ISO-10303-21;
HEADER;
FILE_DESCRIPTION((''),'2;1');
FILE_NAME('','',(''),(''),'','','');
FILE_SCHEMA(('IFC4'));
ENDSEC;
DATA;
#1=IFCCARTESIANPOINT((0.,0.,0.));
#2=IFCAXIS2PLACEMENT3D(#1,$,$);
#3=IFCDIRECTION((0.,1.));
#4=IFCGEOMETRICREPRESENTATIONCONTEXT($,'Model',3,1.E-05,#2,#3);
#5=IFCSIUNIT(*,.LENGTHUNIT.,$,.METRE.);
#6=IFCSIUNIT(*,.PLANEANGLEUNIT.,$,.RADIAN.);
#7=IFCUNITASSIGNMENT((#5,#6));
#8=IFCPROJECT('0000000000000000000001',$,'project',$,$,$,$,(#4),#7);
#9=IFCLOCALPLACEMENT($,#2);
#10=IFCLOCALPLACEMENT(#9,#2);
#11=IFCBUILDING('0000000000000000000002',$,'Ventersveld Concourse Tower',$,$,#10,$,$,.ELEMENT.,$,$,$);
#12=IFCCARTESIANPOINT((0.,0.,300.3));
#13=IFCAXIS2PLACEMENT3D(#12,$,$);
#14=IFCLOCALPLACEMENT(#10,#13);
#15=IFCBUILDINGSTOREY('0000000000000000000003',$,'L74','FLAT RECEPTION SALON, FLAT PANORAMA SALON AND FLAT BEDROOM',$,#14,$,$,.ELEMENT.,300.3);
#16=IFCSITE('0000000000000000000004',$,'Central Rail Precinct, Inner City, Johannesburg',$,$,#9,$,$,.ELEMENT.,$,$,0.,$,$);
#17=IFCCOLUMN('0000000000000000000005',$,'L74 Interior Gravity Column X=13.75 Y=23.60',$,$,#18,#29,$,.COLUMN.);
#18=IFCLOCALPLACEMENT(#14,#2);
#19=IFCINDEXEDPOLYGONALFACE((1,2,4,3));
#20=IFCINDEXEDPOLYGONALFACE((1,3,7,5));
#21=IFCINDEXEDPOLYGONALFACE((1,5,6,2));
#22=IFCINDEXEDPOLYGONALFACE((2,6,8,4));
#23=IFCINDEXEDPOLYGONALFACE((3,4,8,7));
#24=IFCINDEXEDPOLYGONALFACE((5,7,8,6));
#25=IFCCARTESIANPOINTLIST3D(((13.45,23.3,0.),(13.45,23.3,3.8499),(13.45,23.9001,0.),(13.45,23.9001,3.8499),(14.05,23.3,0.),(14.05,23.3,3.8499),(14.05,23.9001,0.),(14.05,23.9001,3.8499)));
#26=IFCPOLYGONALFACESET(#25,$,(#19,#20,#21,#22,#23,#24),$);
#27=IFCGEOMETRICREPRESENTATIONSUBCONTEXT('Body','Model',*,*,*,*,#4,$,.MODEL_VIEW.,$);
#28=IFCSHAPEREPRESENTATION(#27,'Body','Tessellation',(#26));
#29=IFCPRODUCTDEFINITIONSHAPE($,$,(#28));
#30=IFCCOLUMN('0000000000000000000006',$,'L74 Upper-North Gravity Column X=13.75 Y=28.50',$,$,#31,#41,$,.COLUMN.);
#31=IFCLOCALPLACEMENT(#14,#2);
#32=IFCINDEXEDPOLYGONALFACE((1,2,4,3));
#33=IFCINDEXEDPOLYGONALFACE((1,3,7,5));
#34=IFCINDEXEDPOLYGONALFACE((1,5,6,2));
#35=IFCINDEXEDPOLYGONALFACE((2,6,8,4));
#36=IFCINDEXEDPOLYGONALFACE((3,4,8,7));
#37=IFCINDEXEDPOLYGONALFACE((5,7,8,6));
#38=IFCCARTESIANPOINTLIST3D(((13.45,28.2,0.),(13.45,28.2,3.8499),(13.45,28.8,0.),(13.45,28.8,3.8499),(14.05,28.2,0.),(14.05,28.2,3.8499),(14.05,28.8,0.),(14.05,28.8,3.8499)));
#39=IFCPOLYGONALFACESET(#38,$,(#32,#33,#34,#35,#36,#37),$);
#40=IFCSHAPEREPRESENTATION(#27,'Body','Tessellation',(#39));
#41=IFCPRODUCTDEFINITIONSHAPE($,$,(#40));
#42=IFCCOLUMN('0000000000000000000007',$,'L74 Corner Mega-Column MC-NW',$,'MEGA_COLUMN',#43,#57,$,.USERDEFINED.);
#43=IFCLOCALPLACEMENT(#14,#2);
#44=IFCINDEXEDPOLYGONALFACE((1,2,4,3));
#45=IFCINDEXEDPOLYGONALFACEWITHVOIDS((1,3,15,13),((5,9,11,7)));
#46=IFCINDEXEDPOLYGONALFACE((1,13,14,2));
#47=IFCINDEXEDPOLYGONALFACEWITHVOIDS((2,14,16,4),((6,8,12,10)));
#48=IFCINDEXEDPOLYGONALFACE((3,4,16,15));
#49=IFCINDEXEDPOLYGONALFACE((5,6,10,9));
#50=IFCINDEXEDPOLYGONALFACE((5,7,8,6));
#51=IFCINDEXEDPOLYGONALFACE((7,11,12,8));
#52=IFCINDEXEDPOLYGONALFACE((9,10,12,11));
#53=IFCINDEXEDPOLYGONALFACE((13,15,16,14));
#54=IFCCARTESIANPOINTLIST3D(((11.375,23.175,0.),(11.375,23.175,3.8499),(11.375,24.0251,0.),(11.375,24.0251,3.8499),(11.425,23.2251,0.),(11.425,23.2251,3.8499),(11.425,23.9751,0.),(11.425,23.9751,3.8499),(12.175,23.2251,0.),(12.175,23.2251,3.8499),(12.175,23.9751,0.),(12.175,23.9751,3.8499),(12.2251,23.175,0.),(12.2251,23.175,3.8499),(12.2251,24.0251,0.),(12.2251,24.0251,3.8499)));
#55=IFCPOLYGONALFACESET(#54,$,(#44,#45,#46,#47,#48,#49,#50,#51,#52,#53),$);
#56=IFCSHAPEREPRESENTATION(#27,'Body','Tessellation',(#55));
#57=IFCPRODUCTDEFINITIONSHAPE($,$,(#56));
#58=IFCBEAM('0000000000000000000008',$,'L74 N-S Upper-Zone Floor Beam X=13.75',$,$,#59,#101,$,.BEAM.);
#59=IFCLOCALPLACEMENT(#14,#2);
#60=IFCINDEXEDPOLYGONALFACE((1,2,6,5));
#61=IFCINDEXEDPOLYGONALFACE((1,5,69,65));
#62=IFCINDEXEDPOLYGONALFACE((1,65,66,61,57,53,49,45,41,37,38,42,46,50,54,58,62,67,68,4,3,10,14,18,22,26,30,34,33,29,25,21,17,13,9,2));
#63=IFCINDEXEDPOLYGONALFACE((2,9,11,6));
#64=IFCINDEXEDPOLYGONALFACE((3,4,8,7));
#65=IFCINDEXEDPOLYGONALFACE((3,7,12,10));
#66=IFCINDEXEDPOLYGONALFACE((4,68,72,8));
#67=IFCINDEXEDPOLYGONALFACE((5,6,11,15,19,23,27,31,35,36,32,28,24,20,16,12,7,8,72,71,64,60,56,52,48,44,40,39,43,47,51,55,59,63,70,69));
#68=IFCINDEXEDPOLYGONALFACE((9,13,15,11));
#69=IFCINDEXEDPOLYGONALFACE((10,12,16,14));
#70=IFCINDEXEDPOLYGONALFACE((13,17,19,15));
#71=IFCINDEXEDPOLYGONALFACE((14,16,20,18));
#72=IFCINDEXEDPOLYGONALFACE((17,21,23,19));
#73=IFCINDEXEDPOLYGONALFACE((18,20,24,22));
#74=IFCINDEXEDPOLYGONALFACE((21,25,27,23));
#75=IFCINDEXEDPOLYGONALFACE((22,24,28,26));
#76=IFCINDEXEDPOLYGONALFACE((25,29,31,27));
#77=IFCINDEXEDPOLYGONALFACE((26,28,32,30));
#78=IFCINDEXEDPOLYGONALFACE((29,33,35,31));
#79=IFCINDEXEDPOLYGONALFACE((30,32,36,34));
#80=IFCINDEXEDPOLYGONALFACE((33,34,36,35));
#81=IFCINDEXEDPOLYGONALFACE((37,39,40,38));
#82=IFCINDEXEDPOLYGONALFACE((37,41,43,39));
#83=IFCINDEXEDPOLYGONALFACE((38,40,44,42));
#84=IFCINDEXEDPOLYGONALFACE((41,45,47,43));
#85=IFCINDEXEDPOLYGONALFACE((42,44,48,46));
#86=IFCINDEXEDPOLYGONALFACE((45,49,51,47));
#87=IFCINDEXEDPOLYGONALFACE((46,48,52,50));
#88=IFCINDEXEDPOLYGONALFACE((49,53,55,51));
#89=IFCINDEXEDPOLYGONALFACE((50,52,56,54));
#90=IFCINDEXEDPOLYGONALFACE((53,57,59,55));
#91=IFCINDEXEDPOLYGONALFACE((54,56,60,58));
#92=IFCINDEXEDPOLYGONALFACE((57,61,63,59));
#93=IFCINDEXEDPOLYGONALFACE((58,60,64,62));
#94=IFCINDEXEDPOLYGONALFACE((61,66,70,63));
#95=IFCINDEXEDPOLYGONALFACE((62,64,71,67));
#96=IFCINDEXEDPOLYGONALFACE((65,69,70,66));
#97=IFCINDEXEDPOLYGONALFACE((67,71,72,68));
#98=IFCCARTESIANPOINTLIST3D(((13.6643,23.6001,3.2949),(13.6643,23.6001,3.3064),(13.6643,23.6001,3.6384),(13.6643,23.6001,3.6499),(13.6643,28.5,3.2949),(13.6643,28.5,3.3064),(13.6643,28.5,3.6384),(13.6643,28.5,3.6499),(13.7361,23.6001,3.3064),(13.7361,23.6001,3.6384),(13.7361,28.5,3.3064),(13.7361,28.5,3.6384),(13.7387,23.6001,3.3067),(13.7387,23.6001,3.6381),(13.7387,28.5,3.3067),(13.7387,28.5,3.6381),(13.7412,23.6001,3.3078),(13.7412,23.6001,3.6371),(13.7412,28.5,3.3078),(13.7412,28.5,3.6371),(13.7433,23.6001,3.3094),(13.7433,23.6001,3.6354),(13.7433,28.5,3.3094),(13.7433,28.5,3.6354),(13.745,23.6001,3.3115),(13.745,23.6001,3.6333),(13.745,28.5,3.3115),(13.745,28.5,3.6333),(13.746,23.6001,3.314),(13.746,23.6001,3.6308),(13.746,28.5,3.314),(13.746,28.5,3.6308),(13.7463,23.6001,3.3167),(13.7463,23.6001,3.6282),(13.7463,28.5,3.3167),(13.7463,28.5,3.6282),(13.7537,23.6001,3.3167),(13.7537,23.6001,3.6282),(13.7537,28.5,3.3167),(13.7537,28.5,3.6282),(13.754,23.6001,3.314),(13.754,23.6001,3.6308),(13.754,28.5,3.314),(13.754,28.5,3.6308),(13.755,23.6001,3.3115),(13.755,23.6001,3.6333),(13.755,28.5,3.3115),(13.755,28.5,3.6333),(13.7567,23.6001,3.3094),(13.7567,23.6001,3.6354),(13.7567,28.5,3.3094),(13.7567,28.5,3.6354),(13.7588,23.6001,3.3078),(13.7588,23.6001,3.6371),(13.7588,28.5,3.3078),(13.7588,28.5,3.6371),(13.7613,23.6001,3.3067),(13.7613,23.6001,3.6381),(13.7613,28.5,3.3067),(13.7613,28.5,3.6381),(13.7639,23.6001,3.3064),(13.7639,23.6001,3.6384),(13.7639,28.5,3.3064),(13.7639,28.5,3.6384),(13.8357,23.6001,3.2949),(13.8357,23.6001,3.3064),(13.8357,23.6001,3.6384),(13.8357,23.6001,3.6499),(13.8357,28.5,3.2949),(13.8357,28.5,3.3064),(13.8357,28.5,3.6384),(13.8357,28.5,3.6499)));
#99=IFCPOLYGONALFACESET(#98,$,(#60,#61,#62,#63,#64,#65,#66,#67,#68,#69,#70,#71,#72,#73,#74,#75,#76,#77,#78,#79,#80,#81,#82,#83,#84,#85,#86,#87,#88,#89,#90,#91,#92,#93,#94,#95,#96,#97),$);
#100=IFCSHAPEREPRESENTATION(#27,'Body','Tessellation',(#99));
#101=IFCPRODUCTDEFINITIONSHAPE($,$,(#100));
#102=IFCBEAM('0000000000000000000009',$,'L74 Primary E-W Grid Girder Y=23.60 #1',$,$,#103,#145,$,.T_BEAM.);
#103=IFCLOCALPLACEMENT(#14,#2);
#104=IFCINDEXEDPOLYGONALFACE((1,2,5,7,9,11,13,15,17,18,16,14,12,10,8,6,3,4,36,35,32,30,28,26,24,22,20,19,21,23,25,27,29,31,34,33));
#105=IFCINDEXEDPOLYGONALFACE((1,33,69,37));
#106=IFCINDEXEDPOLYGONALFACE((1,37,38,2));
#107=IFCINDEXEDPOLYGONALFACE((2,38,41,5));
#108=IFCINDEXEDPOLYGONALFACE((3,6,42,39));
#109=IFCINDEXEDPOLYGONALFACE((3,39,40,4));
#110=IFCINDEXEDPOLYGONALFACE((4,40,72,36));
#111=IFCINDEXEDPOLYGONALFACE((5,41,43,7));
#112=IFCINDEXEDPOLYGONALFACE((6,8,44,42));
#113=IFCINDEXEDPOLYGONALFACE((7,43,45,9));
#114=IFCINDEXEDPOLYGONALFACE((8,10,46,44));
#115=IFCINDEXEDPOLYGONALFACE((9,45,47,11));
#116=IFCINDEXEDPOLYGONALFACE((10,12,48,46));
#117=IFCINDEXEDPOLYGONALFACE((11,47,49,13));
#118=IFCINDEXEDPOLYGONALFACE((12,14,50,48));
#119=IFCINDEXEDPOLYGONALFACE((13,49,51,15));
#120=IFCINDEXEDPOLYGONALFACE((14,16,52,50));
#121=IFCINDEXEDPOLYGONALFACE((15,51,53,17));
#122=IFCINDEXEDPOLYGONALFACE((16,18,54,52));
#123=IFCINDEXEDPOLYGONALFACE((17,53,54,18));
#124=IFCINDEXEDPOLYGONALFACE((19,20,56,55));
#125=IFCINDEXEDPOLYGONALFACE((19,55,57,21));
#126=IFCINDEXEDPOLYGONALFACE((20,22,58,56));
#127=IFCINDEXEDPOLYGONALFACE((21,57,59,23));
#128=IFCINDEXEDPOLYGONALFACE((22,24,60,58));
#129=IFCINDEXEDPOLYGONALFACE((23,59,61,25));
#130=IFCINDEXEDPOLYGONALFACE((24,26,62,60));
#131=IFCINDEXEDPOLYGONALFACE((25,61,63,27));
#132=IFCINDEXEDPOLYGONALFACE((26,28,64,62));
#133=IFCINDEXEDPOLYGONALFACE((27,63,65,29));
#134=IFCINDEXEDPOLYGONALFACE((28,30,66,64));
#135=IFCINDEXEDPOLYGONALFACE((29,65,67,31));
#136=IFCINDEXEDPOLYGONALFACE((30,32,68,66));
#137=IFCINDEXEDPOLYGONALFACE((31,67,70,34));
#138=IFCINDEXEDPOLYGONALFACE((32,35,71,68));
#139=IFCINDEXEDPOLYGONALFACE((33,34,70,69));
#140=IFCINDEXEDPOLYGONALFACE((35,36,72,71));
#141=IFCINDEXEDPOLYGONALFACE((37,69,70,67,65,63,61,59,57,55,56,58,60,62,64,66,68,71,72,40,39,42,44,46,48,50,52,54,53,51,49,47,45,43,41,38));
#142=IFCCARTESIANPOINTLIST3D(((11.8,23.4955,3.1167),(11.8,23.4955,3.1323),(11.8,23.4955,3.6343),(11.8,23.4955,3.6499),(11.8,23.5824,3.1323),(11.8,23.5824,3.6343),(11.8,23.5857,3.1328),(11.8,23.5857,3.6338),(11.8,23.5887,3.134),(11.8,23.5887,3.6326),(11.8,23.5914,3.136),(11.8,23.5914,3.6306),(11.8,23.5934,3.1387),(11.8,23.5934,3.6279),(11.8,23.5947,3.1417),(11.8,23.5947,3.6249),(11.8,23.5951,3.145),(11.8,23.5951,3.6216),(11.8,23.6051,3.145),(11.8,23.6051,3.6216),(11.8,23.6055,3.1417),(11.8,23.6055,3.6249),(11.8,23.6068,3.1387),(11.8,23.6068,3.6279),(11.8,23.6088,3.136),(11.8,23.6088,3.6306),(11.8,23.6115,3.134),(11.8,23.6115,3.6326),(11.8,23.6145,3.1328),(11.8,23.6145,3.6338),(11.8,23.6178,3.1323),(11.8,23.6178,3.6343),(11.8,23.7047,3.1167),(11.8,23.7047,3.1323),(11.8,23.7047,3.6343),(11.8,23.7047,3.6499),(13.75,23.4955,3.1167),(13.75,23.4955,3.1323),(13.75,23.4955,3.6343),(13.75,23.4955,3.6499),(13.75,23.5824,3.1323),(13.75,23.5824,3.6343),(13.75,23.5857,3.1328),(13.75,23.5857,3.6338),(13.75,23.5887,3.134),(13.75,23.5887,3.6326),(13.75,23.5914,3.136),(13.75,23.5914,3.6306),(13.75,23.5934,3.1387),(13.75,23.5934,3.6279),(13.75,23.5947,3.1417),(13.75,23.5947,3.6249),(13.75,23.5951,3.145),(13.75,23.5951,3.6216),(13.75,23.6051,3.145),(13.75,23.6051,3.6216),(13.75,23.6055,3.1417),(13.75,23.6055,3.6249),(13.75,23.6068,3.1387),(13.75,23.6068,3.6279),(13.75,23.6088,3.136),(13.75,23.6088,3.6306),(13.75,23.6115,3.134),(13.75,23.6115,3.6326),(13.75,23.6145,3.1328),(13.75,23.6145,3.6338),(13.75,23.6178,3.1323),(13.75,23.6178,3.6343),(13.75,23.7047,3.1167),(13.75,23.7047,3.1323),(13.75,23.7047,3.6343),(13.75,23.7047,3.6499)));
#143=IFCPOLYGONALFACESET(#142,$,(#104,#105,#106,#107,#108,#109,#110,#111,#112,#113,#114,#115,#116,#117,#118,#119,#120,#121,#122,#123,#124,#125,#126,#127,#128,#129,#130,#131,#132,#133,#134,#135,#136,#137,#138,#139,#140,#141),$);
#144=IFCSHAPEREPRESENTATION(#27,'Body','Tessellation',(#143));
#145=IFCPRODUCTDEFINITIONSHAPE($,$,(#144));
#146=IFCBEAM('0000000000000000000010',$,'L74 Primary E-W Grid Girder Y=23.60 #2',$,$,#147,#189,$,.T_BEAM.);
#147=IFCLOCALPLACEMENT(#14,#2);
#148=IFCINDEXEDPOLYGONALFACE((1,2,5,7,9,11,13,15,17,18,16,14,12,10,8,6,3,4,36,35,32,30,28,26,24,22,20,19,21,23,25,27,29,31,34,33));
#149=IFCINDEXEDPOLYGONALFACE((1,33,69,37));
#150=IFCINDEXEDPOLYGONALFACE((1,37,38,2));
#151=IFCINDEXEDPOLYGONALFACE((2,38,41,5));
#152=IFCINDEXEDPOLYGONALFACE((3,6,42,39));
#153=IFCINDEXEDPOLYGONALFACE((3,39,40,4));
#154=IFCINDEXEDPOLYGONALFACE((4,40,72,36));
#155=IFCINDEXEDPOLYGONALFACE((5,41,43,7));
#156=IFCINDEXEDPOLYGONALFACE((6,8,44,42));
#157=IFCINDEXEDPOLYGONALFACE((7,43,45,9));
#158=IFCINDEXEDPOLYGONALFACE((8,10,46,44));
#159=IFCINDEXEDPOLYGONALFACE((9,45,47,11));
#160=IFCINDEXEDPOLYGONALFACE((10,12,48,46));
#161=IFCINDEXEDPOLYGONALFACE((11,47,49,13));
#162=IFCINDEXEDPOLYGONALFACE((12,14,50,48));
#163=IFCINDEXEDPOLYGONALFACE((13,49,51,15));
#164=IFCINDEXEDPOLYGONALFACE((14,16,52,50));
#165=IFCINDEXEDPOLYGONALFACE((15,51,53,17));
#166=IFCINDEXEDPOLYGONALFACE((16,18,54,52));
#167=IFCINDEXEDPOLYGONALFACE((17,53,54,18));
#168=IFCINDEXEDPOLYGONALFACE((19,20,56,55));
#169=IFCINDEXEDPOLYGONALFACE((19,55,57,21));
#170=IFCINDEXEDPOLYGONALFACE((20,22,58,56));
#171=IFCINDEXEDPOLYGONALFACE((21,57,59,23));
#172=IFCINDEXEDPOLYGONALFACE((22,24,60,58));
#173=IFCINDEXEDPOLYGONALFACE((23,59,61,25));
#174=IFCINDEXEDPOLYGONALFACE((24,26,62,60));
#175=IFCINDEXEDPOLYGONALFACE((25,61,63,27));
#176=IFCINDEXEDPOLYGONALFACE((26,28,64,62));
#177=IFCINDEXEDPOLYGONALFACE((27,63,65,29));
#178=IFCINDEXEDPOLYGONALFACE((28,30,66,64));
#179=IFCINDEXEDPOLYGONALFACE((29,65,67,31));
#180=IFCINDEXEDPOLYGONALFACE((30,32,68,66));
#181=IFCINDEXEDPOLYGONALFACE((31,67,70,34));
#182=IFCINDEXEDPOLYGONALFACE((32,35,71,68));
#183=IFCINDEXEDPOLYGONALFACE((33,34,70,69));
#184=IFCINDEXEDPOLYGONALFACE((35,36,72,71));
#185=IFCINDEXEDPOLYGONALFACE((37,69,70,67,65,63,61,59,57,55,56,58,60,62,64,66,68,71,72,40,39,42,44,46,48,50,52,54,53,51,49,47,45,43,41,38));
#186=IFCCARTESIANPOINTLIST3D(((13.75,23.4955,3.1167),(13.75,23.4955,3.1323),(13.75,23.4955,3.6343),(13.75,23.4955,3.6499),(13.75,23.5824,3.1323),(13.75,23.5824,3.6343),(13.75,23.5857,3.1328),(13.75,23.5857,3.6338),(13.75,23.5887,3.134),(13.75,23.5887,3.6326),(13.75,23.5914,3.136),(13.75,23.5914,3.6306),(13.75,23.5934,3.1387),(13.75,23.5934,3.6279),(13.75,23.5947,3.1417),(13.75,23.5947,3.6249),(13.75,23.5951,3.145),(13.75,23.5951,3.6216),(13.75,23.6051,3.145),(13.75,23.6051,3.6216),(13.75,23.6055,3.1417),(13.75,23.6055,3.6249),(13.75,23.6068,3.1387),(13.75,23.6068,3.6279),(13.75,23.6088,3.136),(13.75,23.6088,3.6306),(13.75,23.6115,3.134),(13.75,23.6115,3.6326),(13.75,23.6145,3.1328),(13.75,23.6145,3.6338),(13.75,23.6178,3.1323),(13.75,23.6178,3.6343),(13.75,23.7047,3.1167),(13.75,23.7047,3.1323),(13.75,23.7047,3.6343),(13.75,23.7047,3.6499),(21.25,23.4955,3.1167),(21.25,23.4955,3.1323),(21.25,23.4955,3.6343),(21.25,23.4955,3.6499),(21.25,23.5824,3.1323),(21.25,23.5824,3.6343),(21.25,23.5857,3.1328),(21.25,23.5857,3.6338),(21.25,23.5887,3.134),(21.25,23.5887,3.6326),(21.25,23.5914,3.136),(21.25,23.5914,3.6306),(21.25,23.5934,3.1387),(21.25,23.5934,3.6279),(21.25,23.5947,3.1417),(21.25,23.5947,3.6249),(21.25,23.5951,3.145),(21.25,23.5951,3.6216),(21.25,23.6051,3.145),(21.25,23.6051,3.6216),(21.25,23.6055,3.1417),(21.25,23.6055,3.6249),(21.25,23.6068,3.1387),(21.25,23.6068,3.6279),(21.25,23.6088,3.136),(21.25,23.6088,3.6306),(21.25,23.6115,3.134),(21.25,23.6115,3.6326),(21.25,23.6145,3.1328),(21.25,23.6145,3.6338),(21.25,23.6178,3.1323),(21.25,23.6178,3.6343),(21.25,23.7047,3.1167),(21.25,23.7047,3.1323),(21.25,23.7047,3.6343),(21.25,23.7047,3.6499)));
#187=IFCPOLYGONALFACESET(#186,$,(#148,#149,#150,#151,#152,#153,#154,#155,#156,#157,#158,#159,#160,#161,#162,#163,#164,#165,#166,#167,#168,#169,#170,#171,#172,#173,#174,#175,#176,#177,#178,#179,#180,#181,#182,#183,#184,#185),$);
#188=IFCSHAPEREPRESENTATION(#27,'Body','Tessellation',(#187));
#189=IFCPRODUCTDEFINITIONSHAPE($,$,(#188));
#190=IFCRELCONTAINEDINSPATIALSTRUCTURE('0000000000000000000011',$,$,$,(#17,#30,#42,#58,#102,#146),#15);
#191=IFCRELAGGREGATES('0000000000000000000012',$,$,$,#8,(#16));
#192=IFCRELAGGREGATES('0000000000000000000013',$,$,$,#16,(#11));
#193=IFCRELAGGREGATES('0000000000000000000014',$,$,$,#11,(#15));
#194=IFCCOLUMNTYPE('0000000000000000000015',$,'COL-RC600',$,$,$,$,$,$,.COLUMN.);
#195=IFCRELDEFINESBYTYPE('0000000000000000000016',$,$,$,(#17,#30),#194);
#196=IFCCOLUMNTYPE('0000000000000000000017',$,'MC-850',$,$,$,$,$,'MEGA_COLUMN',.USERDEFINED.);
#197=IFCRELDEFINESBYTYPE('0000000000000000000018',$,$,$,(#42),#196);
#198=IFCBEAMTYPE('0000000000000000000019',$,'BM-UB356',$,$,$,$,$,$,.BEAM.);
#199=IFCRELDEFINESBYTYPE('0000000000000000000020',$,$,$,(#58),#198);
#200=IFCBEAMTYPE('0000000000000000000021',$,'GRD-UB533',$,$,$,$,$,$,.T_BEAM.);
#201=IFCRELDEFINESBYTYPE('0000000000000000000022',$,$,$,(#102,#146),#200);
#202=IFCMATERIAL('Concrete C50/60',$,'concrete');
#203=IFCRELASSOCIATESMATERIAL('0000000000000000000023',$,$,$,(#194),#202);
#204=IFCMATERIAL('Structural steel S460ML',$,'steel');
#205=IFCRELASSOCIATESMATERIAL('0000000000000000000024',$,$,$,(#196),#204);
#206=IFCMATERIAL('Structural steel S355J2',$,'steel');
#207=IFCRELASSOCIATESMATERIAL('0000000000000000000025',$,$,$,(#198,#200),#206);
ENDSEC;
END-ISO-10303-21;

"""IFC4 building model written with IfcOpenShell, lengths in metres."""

from ifc_helpers import new_model, si_unit, direction, frame, origin, origin_2d, place, context, subcontext, project, spatial, rectangle, hollow_rectangle, i_section, extrude, material, material_profile, profile_set, type_object, element, save


model = new_model("IFC4")

# Units and contexts
model_context = context("Model", 3, precision=1e-05, world=origin(), true_north=direction((0.0, 1.0)))
body_context = subcontext(model_context, "Body", "Model", "MODEL_VIEW")
ifc_project = project(units=[si_unit("LENGTHUNIT", "METRE"), si_unit("PLANEANGLEUNIT", "RADIAN")], contexts=[model_context])

# Site, building, storey
site_placement = place(None, origin())
site = spatial("IfcSite", under=ifc_project, at=site_placement, Name="Central Rail Precinct, Inner City, Johannesburg", CompositionType="ELEMENT", RefElevation=0.0)
building_placement = place(site_placement, origin())
building = spatial("IfcBuilding", under=site, at=building_placement, Name="Ventersveld Concourse Tower", CompositionType="ELEMENT")
storey_placement = place(building_placement, frame((0.0, 0.0, 300.3)))
storey = spatial("IfcBuildingStorey", under=building, at=storey_placement, Name="L74", Description="FLAT RECEPTION SALON, FLAT PANORAMA SALON AND FLAT BEDROOM", CompositionType="ELEMENT", Elevation=300.3)

# Columns
ifc_material_1 = material(Name="Concrete C50/60", Category="concrete")
ifc_material_profile_1 = material_profile(ifc_material_1, rectangle(XDim=0.6001, YDim=0.6001, at=origin_2d()), Name="RC 600x600")
ifc_profile_set_1 = profile_set([ifc_material_profile_1], Name="Concrete C50/60")
column_type_1 = type_object("IfcColumnType", Name="COL-RC600", PredefinedType="COLUMN", material=ifc_profile_set_1)
for number, where, z_axis, x_axis, name in (
    (1, (13.75, 23.6001, 0.0), (0.0, 0.0, 1.0), (1.0, 0.0, 0.0), "L74 Interior Gravity Column X=13.75 Y=23.60"),
    (2, (13.75, 28.5, 0.0), (0.0, 0.0, 1.0), (1.0, 0.0, 0.0), "L74 Upper-North Gravity Column X=13.75 Y=28.50"),
):
    element("IfcColumn", number, at=place(storey_placement, frame(where, z_axis=z_axis, x_axis=x_axis)), inside=storey, type_object=column_type_1, Name=name, PredefinedType="COLUMN", context=body_context, shape_type="SweptSolid", body=[
        extrude(rectangle(XDim=0.6001, YDim=0.6001, at=origin_2d()), origin(), (0.0, 0.0, 1.0), 3.8499),
    ])
ifc_material_2 = material(Name="Structural steel S460ML", Category="steel")
ifc_material_profile_2 = material_profile(ifc_material_2, hollow_rectangle(XDim=0.8501, YDim=0.8501, WallThickness=0.05, at=origin_2d()), Name="BOX 850x850x50")
ifc_profile_set_2 = profile_set([ifc_material_profile_2], Name="Structural steel S460ML")
column_type_2 = type_object("IfcColumnType", Name="MC-850", ElementType="MEGA_COLUMN", PredefinedType="USERDEFINED", material=ifc_profile_set_2)
column_placement = place(storey_placement, frame((11.8, 23.6001, 0.0), z_axis=(0.0, 0.0, 1.0), x_axis=(1.0, 0.0, 0.0)))
element("IfcColumn", 3, at=column_placement, inside=storey, type_object=column_type_2, Name="L74 Corner Mega-Column MC-NW", ObjectType="MEGA_COLUMN", PredefinedType="USERDEFINED", context=body_context, shape_type="SweptSolid", body=[
    extrude(hollow_rectangle(XDim=0.8501, YDim=0.8501, WallThickness=0.05, at=origin_2d()), origin(), (0.0, 0.0, 1.0), 3.8499),
])

# Beams
ifc_material_3 = material(Name="Structural steel S355J2", Category="steel")
ifc_material_profile_3 = material_profile(ifc_material_3, i_section(OverallWidth=0.1714, OverallDepth=0.355, WebThickness=0.0073, FlangeThickness=0.0115, FilletRadius=0.0103, at=origin_2d()), Name="UB 356x171x51")
ifc_profile_set_3 = profile_set([ifc_material_profile_3], Name="Structural steel S355J2")
beam_type_1 = type_object("IfcBeamType", Name="BM-UB356", PredefinedType="BEAM", material=ifc_profile_set_3)
beam_1_placement = place(storey_placement, frame((13.75, 23.6001, 3.4724), z_axis=(0.0, 1.0, 0.0), x_axis=(-1.0, 0.0, 0.0)))
element("IfcBeam", 4, at=beam_1_placement, inside=storey, type_object=beam_type_1, Name="L74 N-S Upper-Zone Floor Beam X=13.75", PredefinedType="BEAM", context=body_context, shape_type="SweptSolid", body=[
    extrude(i_section(OverallWidth=0.1714, OverallDepth=0.355, WebThickness=0.0073, FlangeThickness=0.0115, FilletRadius=0.0103, at=origin_2d()), origin(), (0.0, 0.0, 1.0), 4.8999),
])
ifc_material_profile_4 = material_profile(ifc_material_3, i_section(OverallWidth=0.2092, OverallDepth=0.5332, WebThickness=0.01, FlangeThickness=0.0156, FilletRadius=0.0127, at=origin_2d()), Name="UB 533x210x92")
ifc_profile_set_4 = profile_set([ifc_material_profile_4], Name="Structural steel S355J2")
beam_type_2 = type_object("IfcBeamType", Name="GRD-UB533", PredefinedType="T_BEAM", material=ifc_profile_set_4)
beam_2_placement = place(storey_placement, frame((11.8, 23.6001, 3.3833), z_axis=(1.0, 0.0, 0.0), x_axis=(0.0, 1.0, 0.0)))
element("IfcBeam", 5, at=beam_2_placement, inside=storey, type_object=beam_type_2, Name="L74 Primary E-W Grid Girder Y=23.60 #1", PredefinedType="T_BEAM", context=body_context, shape_type="SweptSolid", body=[
    extrude(i_section(OverallWidth=0.2092, OverallDepth=0.5332, WebThickness=0.01, FlangeThickness=0.0156, FilletRadius=0.0127, at=origin_2d()), origin(), (0.0, 0.0, 1.0), 1.95),
])
for number, where, z_axis, x_axis, name in (
    (6, (13.75, 23.6001, 3.3833), (1.0, 0.0, 0.0), (0.0, 1.0, 0.0), "L74 Primary E-W Grid Girder Y=23.60 #2"),
):
    element("IfcBeam", number, at=place(storey_placement, frame(where, z_axis=z_axis, x_axis=x_axis)), inside=storey, type_object=beam_type_2, Name=name, PredefinedType="T_BEAM", context=body_context, shape_type="SweptSolid", body=[
        extrude(i_section(OverallWidth=0.2092, OverallDepth=0.5332, WebThickness=0.01, FlangeThickness=0.0156, FilletRadius=0.0127, at=origin_2d()), origin(), (0.0, 0.0, 1.0), 7.5),
    ])

save(model, "model.ifc")
